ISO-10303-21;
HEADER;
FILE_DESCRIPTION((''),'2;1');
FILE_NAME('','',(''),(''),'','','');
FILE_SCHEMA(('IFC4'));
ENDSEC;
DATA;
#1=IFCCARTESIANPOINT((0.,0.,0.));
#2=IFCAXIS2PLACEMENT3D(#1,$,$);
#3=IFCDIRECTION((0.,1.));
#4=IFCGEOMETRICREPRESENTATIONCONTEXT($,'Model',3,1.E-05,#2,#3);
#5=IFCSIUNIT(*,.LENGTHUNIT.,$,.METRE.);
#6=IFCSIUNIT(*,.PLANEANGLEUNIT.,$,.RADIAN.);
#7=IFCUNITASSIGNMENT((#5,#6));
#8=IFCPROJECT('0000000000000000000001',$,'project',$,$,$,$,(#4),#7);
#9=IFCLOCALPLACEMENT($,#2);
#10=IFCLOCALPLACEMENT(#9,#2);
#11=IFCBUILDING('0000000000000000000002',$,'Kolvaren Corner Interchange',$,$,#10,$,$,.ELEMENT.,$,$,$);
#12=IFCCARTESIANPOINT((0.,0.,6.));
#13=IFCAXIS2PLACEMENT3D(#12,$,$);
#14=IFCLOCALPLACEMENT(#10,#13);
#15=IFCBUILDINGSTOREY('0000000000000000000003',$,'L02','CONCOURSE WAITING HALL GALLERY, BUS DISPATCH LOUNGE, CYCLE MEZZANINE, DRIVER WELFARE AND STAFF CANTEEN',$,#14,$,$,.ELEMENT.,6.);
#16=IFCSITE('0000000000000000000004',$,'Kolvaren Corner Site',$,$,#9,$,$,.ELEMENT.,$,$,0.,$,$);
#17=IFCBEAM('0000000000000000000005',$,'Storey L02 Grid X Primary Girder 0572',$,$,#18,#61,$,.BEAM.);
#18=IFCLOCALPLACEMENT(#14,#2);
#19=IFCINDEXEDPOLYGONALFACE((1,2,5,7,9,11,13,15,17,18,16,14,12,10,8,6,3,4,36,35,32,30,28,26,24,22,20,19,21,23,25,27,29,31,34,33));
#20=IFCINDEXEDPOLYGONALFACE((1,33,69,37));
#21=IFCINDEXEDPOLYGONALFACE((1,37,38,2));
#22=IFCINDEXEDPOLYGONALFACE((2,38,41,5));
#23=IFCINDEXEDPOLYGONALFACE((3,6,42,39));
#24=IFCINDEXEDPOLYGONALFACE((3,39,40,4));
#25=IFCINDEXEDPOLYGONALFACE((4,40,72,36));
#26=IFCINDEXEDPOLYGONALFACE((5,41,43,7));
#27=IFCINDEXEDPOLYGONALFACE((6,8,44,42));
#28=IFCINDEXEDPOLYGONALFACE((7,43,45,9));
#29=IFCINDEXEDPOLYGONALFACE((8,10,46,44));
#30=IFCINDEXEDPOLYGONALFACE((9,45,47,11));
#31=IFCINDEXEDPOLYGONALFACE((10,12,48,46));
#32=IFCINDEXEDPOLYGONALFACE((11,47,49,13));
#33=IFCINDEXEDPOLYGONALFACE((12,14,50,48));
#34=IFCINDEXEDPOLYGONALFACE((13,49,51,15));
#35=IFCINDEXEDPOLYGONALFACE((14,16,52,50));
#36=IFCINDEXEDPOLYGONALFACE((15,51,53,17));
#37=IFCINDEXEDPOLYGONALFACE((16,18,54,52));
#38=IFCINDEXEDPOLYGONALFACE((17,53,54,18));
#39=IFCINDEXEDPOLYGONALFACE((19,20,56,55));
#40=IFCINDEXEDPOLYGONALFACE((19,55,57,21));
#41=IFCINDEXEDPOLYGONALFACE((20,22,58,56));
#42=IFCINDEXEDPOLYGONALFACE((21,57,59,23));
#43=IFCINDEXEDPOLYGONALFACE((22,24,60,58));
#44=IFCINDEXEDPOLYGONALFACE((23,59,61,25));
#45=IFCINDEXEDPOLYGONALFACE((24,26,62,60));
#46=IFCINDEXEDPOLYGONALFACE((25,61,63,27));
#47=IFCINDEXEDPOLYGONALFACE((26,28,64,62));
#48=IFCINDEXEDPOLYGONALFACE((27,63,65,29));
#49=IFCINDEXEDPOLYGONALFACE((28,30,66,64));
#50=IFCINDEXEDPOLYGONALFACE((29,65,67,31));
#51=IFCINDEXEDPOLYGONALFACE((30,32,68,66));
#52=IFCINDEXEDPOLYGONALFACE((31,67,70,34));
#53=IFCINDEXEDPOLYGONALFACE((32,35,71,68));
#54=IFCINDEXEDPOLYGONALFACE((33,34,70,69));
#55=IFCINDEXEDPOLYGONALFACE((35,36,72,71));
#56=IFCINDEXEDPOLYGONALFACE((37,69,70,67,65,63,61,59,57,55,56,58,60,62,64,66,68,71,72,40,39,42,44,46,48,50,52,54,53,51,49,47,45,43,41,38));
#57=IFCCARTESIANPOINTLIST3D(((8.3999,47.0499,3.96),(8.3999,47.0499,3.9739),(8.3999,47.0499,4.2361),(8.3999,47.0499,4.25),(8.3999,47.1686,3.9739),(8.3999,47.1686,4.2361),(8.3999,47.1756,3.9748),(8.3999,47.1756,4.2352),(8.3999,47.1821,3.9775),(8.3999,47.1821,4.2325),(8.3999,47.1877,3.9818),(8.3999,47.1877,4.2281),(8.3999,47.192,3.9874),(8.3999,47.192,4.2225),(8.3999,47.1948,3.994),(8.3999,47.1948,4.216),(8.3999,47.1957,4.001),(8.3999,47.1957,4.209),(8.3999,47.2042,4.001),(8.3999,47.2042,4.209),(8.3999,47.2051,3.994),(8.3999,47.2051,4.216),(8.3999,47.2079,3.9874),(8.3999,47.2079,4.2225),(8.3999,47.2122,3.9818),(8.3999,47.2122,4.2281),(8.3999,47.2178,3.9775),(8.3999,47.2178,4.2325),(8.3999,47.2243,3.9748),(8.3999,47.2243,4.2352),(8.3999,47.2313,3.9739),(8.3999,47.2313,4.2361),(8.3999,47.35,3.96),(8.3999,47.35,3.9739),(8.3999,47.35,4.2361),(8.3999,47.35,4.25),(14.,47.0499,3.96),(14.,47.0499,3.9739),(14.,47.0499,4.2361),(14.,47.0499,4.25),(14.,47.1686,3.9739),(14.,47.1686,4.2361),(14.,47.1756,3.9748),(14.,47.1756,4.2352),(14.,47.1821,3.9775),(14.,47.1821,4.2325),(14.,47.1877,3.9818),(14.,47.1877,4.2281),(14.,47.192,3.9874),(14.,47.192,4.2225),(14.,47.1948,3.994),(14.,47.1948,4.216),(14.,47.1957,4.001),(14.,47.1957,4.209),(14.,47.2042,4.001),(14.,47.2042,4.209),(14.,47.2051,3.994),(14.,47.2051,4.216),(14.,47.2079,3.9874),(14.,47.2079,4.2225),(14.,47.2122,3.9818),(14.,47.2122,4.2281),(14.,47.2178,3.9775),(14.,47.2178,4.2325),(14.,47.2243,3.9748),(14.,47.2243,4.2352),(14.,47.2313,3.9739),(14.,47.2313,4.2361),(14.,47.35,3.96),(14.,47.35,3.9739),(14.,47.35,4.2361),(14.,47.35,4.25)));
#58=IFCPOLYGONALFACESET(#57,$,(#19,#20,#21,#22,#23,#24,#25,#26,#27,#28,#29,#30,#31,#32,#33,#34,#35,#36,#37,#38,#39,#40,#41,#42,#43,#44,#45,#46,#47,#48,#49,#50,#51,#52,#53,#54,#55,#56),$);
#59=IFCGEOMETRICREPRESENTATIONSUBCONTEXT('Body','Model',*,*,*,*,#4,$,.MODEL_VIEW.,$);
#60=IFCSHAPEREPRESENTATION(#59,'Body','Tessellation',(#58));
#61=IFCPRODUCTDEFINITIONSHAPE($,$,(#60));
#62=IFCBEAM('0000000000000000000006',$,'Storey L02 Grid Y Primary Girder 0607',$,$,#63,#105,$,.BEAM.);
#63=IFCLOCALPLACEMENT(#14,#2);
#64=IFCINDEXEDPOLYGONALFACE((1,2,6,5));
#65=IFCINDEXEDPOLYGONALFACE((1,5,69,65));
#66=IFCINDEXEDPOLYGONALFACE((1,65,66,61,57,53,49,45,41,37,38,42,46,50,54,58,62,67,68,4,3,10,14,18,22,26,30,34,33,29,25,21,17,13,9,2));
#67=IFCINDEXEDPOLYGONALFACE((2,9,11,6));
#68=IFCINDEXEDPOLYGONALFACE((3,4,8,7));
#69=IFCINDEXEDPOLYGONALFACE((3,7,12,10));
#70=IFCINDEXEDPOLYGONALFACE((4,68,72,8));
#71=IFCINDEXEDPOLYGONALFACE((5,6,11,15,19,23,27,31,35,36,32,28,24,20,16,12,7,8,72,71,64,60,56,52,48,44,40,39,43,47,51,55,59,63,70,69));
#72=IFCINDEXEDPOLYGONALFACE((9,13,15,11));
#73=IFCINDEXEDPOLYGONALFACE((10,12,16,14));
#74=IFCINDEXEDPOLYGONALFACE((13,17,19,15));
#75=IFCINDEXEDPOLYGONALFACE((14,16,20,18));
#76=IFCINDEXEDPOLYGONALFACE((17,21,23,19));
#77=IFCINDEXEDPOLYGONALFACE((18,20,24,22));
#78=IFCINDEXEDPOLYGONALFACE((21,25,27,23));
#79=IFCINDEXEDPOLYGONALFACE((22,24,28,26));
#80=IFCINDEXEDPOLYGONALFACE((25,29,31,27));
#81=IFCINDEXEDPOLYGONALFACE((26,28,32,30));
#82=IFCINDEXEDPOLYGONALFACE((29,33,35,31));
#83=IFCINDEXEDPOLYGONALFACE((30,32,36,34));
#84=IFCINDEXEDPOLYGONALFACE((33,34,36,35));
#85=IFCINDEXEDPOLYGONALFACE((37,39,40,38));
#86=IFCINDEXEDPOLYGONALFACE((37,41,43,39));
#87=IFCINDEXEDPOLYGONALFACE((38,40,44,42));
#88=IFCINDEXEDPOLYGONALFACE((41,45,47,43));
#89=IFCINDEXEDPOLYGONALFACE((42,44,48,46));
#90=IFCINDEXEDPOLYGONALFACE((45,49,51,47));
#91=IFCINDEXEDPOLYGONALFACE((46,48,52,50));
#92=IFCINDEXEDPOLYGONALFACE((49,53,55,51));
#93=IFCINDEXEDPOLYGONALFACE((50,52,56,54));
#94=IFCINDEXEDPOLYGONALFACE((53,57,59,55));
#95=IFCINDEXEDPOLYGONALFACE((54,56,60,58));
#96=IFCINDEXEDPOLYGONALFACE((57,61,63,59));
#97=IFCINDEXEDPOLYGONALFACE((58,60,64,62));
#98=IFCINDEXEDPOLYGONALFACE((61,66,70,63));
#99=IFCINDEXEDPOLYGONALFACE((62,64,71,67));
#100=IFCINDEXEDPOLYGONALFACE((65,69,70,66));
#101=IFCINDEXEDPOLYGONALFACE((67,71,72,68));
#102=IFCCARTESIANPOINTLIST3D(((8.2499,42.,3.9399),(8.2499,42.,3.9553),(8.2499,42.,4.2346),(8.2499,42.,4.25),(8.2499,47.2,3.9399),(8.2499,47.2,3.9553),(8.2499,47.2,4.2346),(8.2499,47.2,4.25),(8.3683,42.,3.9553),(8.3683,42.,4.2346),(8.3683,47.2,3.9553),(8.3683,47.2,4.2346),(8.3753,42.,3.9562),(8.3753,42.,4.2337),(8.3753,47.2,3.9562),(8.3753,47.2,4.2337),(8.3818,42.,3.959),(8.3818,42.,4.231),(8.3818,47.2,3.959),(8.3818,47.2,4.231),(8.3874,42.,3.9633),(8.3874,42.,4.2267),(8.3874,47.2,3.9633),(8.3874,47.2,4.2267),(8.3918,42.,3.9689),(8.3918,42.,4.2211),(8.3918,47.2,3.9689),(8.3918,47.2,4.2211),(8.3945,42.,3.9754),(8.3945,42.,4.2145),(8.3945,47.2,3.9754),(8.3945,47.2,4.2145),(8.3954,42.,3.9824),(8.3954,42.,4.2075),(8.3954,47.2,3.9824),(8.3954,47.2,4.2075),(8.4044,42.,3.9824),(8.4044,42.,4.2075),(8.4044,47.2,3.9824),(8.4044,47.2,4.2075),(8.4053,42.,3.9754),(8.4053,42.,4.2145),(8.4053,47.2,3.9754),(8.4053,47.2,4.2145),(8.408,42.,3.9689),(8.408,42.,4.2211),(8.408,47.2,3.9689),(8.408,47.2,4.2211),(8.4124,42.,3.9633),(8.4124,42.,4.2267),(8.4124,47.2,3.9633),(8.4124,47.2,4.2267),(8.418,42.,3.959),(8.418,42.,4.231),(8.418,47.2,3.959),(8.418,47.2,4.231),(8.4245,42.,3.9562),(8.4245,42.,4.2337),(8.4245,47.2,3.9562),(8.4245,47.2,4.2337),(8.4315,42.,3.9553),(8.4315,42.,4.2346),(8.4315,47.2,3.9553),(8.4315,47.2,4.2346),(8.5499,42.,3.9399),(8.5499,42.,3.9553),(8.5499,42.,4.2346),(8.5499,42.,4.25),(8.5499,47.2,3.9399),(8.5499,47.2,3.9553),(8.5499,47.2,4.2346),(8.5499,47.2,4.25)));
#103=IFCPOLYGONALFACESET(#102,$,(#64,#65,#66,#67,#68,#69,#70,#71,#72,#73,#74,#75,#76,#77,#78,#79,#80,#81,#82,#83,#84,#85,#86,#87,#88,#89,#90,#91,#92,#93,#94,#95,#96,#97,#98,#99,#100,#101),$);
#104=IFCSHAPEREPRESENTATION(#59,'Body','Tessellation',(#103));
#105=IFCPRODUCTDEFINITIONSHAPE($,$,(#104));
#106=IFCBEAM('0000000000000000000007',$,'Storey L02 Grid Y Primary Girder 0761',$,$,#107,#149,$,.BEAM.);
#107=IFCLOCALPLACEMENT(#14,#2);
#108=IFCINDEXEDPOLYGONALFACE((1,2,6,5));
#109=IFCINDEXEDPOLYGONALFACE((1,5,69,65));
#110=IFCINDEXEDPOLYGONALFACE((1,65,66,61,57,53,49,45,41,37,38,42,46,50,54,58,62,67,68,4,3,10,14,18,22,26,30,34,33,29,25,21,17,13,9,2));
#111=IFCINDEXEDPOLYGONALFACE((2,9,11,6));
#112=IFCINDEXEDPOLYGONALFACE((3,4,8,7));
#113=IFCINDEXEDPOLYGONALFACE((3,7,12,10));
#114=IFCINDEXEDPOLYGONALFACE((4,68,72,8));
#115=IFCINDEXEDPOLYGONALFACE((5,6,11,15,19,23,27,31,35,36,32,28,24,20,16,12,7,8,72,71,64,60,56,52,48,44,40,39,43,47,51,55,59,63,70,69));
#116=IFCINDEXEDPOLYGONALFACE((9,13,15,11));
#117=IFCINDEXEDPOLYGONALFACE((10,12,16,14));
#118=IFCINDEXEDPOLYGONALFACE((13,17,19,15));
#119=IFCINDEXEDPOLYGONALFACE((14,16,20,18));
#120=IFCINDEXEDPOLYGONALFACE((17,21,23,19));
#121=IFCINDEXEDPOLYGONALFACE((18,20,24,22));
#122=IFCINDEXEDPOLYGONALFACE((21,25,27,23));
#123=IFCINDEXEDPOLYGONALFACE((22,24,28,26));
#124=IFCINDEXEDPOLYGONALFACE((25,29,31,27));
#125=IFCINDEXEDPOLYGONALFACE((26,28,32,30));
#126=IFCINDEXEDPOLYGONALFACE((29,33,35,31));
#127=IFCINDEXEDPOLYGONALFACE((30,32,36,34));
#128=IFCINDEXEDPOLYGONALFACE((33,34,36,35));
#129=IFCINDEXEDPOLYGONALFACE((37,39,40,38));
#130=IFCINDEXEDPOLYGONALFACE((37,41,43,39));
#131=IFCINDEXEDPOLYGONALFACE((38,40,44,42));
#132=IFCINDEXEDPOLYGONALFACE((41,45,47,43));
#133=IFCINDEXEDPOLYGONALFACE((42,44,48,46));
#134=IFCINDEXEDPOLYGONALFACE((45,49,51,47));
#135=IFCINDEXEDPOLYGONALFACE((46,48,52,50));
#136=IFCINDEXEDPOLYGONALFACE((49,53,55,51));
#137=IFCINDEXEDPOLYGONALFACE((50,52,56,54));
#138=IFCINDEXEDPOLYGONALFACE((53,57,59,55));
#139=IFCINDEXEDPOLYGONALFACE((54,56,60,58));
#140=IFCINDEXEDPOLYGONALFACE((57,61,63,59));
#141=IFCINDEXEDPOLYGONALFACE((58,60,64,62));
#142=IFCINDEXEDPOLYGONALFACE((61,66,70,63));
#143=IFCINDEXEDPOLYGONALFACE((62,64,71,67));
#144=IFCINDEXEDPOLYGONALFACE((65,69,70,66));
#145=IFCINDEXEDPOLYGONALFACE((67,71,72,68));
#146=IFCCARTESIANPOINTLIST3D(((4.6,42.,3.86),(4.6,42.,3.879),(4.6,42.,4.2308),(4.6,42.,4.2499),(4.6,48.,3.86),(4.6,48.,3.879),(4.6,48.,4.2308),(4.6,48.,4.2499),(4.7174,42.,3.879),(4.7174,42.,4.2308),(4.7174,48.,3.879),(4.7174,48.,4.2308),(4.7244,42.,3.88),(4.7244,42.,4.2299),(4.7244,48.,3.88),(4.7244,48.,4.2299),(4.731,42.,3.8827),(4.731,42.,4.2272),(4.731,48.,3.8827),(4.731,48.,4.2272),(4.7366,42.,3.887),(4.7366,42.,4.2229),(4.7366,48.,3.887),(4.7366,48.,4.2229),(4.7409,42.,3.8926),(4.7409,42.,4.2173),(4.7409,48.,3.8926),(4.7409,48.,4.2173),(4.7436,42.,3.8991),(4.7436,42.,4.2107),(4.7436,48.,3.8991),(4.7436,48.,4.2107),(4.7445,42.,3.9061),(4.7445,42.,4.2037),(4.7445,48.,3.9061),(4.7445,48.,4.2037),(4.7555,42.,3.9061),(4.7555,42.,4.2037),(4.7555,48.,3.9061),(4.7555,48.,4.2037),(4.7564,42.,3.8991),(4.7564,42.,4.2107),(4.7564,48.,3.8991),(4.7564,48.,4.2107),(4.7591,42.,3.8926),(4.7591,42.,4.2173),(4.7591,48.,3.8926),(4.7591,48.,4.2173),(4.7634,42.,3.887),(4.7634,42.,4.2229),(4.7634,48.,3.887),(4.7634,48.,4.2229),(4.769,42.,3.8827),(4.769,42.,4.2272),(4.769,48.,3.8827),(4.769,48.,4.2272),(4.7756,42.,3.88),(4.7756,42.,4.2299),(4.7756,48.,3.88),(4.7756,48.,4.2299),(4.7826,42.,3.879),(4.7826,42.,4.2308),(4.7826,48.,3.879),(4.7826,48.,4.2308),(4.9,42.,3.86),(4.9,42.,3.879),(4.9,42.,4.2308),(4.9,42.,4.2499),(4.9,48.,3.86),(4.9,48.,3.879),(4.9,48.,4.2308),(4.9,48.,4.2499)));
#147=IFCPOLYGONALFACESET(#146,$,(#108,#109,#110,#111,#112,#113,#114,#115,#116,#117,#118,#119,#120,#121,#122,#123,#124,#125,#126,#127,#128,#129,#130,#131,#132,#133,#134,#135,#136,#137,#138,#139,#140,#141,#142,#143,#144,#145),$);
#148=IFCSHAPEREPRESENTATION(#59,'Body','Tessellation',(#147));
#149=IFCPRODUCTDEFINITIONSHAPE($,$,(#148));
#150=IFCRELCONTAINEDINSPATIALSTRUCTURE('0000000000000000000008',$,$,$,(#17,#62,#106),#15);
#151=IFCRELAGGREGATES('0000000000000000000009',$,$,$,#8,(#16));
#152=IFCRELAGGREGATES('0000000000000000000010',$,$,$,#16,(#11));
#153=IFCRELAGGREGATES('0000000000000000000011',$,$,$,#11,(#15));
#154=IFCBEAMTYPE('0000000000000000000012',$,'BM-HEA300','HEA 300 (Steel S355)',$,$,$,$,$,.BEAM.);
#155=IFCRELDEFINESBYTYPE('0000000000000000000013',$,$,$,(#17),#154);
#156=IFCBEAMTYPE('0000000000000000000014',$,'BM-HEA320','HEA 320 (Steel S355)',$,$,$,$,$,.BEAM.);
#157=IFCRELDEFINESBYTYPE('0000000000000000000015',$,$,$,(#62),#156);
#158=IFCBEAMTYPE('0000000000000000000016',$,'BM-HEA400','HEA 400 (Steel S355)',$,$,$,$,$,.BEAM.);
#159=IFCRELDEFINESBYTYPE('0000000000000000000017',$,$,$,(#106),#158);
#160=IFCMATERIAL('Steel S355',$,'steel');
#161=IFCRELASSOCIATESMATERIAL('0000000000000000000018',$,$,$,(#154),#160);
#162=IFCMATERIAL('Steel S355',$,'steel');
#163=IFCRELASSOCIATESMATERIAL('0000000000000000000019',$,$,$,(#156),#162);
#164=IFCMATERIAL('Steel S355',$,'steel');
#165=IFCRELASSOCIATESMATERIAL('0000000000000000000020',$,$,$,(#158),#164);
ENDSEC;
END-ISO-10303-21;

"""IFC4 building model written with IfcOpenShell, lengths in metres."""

from ifc_helpers import new_model, si_unit, direction, frame, origin, origin_2d, place, context, subcontext, project, spatial, i_section, extrude, material, material_profile, profile_set, type_object, element, save


model = new_model("IFC4")

# Units and contexts
model_context = context("Model", 3, precision=1e-05, world=origin(), true_north=direction((0.0, 1.0)))
body_context = subcontext(model_context, "Body", "Model", "MODEL_VIEW")
ifc_project = project(units=[si_unit("LENGTHUNIT", "METRE"), si_unit("PLANEANGLEUNIT", "RADIAN")], contexts=[model_context])

# Site, building, storey
site_placement = place(None, origin())
site = spatial("IfcSite", under=ifc_project, at=site_placement, Name="Kolvaren Corner Site", CompositionType="ELEMENT", RefElevation=0.0)
building_placement = place(site_placement, origin())
building = spatial("IfcBuilding", under=site, at=building_placement, Name="Kolvaren Corner Interchange", CompositionType="ELEMENT")
storey_placement = place(building_placement, frame((0.0, 0.0, 6.0)))
storey = spatial("IfcBuildingStorey", under=building, at=storey_placement, Name="L02", Description="CONCOURSE WAITING HALL GALLERY, BUS DISPATCH LOUNGE, CYCLE MEZZANINE, DRIVER WELFARE AND STAFF CANTEEN", CompositionType="ELEMENT", Elevation=6.0)

# Beams
ifc_material_1 = material(Name="Steel S355", Category="steel")
ifc_material_profile_1 = material_profile(ifc_material_1, i_section(OverallWidth=0.3, OverallDepth=0.29, WebThickness=0.0085, FlangeThickness=0.0139, FilletRadius=0.0271, at=origin_2d()), Name="HEA 300")
ifc_profile_set_1 = profile_set([ifc_material_profile_1], Name="Steel S355")
beam_type_1 = type_object("IfcBeamType", Name="BM-HEA300", Description="HEA 300 (Steel S355)", PredefinedType="BEAM", material=ifc_profile_set_1)
for number, where, z_axis, x_axis, name in (
    (1, (8.3999, 47.2, 4.105), (1.0, 0.0, 0.0), (0.0, 1.0, 0.0), "Storey L02 Grid X Primary Girder 0572"),
):
    element("IfcBeam", number, at=place(storey_placement, frame(where, z_axis=z_axis, x_axis=x_axis)), inside=storey, type_object=beam_type_1, Name=name, PredefinedType="BEAM", context=body_context, shape_type="SweptSolid", body=[
        extrude(i_section(OverallWidth=0.3, OverallDepth=0.29, WebThickness=0.0085, FlangeThickness=0.0139, FilletRadius=0.0271, at=origin_2d()), origin(), (0.0, 0.0, 1.0), 5.6001),
    ])
ifc_material_2 = material(Name="Steel S355", Category="steel")
ifc_material_profile_2 = material_profile(ifc_material_2, i_section(OverallWidth=0.3, OverallDepth=0.3101, WebThickness=0.009, FlangeThickness=0.0154, FilletRadius=0.0271, at=origin_2d()), Name="HEA 320")
ifc_profile_set_2 = profile_set([ifc_material_profile_2], Name="Steel S355")
beam_type_2 = type_object("IfcBeamType", Name="BM-HEA320", Description="HEA 320 (Steel S355)", PredefinedType="BEAM", material=ifc_profile_set_2)
beam_1_placement = place(storey_placement, frame((8.3999, 42.0, 4.095), z_axis=(0.0, 1.0, 0.0), x_axis=(-1.0, 0.0, 0.0)))
element("IfcBeam", 2, at=beam_1_placement, inside=storey, type_object=beam_type_2, Name="Storey L02 Grid Y Primary Girder 0607", PredefinedType="BEAM", context=body_context, shape_type="SweptSolid", body=[
    extrude(i_section(OverallWidth=0.3, OverallDepth=0.3101, WebThickness=0.009, FlangeThickness=0.0154, FilletRadius=0.0271, at=origin_2d()), origin(), (0.0, 0.0, 1.0), 5.2),
])
ifc_material_3 = material(Name="Steel S355", Category="steel")
ifc_material_profile_3 = material_profile(ifc_material_3, i_section(OverallWidth=0.3, OverallDepth=0.3899, WebThickness=0.011, FlangeThickness=0.019, FilletRadius=0.0271, at=origin_2d()), Name="HEA 400")
ifc_profile_set_3 = profile_set([ifc_material_profile_3], Name="Steel S355")
beam_type_3 = type_object("IfcBeamType", Name="BM-HEA400", Description="HEA 400 (Steel S355)", PredefinedType="BEAM", material=ifc_profile_set_3)
beam_2_placement = place(storey_placement, frame((4.75, 42.0, 4.0549), z_axis=(0.0, 1.0, 0.0), x_axis=(-1.0, 0.0, 0.0)))
element("IfcBeam", 3, at=beam_2_placement, inside=storey, type_object=beam_type_3, Name="Storey L02 Grid Y Primary Girder 0761", PredefinedType="BEAM", context=body_context, shape_type="SweptSolid", body=[
    extrude(i_section(OverallWidth=0.3, OverallDepth=0.3899, WebThickness=0.011, FlangeThickness=0.019, FilletRadius=0.0271, at=origin_2d()), origin(), (0.0, 0.0, 1.0), 6.0),
])

save(model, "model.ifc")
